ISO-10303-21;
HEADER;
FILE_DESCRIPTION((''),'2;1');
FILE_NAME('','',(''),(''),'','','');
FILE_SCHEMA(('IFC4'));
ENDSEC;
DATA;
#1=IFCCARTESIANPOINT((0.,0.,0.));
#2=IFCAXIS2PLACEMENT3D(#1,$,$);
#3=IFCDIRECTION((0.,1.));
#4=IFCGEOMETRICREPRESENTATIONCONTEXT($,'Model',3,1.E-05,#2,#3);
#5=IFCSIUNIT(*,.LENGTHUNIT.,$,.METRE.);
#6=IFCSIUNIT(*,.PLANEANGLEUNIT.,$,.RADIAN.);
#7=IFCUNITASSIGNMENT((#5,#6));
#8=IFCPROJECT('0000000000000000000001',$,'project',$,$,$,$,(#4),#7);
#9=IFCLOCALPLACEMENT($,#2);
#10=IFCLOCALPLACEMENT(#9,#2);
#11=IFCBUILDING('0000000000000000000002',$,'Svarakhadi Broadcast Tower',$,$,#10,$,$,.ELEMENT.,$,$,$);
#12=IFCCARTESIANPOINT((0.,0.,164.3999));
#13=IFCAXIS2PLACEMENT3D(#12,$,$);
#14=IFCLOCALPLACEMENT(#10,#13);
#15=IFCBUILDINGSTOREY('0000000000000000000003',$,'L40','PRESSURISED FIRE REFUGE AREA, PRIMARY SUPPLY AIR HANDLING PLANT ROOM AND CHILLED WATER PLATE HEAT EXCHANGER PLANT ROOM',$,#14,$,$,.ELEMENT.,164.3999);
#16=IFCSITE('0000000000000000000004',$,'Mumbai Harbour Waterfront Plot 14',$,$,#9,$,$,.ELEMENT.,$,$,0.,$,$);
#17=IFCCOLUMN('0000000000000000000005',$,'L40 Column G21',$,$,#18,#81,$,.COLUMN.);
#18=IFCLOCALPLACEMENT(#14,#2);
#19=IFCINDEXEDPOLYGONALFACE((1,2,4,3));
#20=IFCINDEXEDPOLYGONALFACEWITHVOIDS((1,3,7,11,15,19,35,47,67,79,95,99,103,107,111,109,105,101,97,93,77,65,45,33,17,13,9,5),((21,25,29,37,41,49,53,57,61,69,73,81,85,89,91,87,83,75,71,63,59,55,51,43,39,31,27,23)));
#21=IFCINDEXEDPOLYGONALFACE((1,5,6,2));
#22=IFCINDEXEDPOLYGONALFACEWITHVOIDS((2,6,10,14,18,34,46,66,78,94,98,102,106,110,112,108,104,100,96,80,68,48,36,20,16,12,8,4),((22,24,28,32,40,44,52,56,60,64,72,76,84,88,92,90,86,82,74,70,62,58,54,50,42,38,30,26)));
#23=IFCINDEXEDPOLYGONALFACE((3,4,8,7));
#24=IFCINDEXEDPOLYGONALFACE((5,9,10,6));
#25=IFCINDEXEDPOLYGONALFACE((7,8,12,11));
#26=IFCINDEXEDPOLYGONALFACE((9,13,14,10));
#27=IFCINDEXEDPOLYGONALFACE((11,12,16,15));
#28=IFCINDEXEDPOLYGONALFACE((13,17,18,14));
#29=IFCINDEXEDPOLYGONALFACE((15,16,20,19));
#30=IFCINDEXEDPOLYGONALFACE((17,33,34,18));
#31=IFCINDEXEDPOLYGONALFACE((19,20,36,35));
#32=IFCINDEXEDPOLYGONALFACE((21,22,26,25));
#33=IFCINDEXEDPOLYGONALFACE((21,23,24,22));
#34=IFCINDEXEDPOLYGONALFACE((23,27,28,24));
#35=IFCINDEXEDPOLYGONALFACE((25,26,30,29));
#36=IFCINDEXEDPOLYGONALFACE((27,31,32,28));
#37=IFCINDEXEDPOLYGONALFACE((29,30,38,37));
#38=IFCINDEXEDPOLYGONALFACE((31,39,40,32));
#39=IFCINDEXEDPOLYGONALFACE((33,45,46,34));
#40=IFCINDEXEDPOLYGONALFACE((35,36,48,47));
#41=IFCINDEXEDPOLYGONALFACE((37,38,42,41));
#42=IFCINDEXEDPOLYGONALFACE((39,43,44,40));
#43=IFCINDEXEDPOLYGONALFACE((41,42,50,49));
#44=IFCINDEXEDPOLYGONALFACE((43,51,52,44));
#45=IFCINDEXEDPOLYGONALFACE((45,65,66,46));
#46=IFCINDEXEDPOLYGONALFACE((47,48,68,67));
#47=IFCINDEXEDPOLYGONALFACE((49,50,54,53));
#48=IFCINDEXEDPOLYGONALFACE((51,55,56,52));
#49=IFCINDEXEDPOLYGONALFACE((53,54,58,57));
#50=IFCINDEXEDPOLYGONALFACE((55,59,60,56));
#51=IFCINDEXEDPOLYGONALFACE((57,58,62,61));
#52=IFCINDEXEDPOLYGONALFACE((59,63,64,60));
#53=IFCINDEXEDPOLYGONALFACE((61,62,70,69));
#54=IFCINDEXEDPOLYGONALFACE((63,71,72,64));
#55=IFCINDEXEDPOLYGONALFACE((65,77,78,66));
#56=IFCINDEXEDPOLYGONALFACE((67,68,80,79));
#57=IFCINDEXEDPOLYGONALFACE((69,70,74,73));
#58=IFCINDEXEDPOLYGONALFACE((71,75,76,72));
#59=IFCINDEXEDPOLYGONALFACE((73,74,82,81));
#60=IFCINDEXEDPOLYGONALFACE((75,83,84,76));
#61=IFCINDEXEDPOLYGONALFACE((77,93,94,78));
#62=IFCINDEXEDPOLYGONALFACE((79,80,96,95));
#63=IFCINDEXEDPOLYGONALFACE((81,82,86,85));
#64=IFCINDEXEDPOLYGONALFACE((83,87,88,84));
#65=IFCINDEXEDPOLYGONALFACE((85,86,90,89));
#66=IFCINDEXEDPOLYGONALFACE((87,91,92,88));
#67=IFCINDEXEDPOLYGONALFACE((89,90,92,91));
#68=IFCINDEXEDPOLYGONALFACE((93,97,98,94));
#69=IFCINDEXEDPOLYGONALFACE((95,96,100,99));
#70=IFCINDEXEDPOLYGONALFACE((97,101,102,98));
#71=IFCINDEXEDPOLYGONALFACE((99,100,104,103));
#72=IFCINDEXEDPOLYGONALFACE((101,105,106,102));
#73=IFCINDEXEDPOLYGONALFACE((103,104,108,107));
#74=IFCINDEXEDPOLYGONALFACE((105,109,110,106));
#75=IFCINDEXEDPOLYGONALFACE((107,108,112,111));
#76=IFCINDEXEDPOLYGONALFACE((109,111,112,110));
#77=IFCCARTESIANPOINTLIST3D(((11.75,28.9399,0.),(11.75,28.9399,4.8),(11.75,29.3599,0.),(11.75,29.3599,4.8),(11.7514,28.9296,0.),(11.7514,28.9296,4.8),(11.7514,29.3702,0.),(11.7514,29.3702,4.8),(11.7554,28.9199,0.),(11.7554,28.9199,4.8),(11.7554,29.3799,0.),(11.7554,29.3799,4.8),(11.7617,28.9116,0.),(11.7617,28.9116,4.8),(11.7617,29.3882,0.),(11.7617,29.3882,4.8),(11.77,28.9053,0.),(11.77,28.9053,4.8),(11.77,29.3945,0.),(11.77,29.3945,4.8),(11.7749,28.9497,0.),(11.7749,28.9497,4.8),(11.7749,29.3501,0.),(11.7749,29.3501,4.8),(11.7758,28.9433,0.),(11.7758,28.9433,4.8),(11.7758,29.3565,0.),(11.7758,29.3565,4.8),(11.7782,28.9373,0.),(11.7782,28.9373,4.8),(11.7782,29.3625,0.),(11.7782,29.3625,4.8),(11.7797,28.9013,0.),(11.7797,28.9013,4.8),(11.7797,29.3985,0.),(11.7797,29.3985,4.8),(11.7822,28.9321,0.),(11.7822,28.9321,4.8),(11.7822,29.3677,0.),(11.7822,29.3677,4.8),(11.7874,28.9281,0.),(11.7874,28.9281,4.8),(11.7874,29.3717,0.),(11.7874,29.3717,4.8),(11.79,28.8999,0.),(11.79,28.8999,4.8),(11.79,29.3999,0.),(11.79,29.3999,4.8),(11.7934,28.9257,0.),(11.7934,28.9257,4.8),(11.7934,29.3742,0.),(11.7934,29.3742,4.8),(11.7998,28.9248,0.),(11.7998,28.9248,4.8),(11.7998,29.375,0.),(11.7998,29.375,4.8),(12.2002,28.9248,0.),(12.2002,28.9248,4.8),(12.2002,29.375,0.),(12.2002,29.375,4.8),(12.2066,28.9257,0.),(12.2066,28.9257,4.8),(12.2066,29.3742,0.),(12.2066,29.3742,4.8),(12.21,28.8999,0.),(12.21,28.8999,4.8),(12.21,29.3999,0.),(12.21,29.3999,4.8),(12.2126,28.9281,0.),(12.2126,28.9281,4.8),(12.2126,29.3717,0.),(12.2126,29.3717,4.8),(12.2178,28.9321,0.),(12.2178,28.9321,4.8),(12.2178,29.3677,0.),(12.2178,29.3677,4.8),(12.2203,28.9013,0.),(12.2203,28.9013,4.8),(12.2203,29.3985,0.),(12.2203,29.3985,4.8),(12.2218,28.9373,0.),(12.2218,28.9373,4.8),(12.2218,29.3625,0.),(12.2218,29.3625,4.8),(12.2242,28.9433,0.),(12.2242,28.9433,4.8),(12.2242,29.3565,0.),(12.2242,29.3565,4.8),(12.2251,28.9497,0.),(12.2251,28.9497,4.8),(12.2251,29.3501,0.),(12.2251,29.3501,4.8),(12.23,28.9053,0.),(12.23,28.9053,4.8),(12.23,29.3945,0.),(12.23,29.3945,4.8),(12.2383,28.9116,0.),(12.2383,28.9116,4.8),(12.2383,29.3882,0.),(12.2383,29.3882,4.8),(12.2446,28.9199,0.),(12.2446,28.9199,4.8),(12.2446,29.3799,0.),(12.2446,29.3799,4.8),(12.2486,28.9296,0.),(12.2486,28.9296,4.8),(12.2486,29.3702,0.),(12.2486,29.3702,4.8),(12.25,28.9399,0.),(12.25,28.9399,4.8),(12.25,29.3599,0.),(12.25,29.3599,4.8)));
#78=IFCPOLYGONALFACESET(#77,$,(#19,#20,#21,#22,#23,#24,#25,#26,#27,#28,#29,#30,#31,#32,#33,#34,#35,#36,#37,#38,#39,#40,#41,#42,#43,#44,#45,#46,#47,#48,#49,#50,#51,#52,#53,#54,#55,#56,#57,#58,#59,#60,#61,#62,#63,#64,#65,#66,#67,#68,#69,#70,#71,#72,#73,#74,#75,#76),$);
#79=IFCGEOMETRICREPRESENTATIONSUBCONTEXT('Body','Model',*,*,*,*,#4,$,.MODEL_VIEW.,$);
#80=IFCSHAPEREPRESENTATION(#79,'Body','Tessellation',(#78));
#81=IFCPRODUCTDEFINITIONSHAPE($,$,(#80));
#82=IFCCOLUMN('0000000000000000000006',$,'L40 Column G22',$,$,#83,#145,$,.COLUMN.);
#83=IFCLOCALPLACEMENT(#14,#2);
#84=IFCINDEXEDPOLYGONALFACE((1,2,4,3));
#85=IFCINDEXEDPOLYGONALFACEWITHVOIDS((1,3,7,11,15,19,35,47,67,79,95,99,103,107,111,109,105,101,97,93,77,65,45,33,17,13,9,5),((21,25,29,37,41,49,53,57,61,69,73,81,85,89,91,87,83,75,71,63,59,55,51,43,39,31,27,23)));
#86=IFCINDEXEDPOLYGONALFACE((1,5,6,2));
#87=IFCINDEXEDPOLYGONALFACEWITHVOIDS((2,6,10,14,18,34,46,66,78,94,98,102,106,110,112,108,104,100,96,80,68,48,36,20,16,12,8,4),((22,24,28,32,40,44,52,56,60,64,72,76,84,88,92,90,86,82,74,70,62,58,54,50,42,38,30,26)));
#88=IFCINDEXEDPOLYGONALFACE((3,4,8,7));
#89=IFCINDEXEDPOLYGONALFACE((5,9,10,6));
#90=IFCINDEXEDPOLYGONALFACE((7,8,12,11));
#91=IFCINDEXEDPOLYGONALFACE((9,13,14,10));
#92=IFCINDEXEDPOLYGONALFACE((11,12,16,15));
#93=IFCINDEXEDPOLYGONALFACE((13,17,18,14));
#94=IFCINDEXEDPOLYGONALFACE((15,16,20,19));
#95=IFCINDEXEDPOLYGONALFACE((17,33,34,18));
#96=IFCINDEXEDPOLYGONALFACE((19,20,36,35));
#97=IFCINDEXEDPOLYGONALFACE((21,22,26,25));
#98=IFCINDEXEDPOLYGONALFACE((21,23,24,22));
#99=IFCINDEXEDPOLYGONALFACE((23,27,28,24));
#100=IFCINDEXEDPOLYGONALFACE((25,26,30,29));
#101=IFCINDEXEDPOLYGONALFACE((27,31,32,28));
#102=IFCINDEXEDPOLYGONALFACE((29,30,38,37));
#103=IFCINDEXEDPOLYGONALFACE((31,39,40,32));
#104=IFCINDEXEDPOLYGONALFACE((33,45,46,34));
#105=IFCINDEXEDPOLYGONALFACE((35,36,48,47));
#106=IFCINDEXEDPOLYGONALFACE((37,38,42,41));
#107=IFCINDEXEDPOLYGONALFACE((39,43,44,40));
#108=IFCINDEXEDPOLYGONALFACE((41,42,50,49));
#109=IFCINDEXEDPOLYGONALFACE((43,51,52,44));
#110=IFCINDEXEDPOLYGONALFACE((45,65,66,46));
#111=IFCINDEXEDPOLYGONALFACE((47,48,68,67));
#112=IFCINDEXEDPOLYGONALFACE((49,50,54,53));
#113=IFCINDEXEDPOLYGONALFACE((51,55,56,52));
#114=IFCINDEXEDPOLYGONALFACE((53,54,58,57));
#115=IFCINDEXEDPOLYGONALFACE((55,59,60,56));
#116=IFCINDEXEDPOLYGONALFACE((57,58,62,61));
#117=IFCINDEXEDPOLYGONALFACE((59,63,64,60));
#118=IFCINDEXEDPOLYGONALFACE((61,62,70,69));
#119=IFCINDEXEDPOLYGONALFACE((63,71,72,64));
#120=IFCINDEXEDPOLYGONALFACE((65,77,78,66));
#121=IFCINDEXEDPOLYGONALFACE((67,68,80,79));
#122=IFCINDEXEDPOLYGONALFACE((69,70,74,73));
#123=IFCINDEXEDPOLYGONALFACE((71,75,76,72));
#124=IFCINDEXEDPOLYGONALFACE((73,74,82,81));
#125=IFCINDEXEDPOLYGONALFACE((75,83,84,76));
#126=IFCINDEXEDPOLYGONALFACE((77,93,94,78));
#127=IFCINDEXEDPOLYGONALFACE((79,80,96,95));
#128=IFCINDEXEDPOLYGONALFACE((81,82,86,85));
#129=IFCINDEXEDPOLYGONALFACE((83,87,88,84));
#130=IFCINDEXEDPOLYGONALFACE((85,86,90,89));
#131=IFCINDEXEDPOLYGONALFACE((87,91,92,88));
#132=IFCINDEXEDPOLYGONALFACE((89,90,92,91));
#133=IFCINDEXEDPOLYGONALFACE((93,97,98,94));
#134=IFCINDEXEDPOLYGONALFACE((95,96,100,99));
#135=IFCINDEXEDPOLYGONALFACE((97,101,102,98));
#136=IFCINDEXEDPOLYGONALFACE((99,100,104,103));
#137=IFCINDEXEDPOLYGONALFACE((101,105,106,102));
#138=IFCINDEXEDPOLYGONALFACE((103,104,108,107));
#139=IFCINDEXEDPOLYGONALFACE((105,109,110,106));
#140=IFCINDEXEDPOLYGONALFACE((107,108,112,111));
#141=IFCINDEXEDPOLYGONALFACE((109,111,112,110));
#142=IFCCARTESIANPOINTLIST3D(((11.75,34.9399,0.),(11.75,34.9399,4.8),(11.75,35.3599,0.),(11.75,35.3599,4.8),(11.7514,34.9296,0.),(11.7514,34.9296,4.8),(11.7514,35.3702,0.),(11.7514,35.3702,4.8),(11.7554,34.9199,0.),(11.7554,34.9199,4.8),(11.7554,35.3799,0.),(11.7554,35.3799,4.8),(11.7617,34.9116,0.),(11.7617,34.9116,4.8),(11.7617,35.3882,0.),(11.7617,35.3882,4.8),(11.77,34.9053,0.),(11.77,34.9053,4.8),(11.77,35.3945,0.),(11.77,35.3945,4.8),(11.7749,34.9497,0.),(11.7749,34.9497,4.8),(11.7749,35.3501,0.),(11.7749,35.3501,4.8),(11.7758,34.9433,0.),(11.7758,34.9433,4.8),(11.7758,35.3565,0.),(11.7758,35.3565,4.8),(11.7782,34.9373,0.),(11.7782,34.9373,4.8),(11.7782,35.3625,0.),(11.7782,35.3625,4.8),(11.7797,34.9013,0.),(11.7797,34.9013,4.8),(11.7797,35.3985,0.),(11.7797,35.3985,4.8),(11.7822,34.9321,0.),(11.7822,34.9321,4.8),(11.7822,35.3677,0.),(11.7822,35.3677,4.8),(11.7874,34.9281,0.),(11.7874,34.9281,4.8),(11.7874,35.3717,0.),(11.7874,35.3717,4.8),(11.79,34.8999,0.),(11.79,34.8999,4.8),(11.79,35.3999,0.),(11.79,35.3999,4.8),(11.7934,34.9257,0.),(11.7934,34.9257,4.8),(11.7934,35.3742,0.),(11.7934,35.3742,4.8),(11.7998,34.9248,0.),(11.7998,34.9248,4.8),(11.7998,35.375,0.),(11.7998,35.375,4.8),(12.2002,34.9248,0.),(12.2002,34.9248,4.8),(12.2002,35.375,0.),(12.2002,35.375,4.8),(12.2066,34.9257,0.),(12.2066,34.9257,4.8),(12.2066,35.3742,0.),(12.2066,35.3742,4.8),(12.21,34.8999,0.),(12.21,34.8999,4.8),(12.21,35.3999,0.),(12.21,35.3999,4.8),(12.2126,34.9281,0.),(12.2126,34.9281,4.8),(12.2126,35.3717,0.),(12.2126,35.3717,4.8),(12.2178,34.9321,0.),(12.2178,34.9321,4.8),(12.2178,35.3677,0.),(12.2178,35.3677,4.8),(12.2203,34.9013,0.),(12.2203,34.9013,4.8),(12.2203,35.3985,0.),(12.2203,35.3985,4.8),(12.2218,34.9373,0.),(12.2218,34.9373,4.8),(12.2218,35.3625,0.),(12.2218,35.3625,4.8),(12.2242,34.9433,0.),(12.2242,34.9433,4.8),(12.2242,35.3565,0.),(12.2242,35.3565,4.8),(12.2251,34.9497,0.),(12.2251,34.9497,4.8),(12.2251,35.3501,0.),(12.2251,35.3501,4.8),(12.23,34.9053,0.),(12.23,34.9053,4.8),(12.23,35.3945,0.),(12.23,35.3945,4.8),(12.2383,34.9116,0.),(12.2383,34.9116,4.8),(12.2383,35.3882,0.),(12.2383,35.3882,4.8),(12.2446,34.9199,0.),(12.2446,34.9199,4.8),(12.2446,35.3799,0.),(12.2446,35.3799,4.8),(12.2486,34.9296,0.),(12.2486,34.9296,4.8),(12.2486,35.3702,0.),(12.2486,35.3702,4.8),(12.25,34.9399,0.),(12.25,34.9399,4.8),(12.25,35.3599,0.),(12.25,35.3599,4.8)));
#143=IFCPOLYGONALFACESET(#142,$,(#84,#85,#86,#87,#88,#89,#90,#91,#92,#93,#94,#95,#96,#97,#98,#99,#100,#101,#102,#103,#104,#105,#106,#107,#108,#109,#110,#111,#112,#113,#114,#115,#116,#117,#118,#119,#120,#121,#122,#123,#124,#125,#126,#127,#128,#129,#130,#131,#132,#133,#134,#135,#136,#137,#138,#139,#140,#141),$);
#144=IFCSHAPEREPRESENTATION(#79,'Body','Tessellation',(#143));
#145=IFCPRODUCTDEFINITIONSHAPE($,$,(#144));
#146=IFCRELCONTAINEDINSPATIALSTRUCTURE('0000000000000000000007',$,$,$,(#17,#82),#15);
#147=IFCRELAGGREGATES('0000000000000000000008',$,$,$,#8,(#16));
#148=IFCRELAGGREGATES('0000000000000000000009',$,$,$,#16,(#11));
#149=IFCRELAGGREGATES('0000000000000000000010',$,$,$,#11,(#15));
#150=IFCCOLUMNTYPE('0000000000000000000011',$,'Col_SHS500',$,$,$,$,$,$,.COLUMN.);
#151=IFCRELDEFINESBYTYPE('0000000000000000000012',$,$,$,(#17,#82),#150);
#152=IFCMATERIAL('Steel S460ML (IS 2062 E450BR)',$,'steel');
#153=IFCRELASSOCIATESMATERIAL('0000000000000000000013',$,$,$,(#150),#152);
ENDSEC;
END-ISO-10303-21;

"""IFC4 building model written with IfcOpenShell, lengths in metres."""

from ifc_helpers import new_model, si_unit, direction, frame, origin, origin_2d, place, context, subcontext, project, spatial, hollow_rectangle, extrude, material, material_profile, profile_set, type_object, element, save


model = new_model("IFC4")

# Units and contexts
model_context = context("Model", 3, precision=1e-05, world=origin(), true_north=direction((0.0, 1.0)))
body_context = subcontext(model_context, "Body", "Model", "MODEL_VIEW")
ifc_project = project(units=[si_unit("LENGTHUNIT", "METRE"), si_unit("PLANEANGLEUNIT", "RADIAN")], contexts=[model_context])

# Site, building, storey
site_placement = place(None, origin())
site = spatial("IfcSite", under=ifc_project, at=site_placement, Name="Mumbai Harbour Waterfront Plot 14", CompositionType="ELEMENT", RefElevation=0.0)
building_placement = place(site_placement, origin())
building = spatial("IfcBuilding", under=site, at=building_placement, Name="Svarakhadi Broadcast Tower", CompositionType="ELEMENT")
storey_placement = place(building_placement, frame((0.0, 0.0, 164.3999)))
storey = spatial("IfcBuildingStorey", under=building, at=storey_placement, Name="L40", Description="PRESSURISED FIRE REFUGE AREA, PRIMARY SUPPLY AIR HANDLING PLANT ROOM AND CHILLED WATER PLATE HEAT EXCHANGER PLANT ROOM", CompositionType="ELEMENT", Elevation=164.3999)

# Columns
ifc_material_1 = material(Name="Steel S460ML (IS 2062 E450BR)", Category="steel")
ifc_material_profile_1 = material_profile(ifc_material_1, hollow_rectangle(XDim=0.5, YDim=0.5, WallThickness=0.0249, InnerFilletRadius=0.0249, OuterFilletRadius=0.04, at=origin_2d()), Name="SHS 500x500x25")
ifc_profile_set_1 = profile_set([ifc_material_profile_1], Name="Steel S460ML (IS 2062 E450BR)")
column_type = type_object("IfcColumnType", Name="Col_SHS500", PredefinedType="COLUMN", material=ifc_profile_set_1)
for number, where, z_axis, x_axis, name in (
    (1, (12.0, 29.1499, 0.0), (0.0, 0.0, 1.0), (1.0, 0.0, 0.0), "L40 Column G21"),
    (2, (12.0, 35.1499, 0.0), (0.0, 0.0, 1.0), (1.0, 0.0, 0.0), "L40 Column G22"),
):
    element("IfcColumn", number, at=place(storey_placement, frame(where, z_axis=z_axis, x_axis=x_axis)), inside=storey, type_object=column_type, Name=name, PredefinedType="COLUMN", context=body_context, shape_type="SweptSolid", body=[
        extrude(hollow_rectangle(XDim=0.5, YDim=0.5, WallThickness=0.0249, InnerFilletRadius=0.0249, OuterFilletRadius=0.04, at=origin_2d()), origin(), (0.0, 0.0, 1.0), 4.8),
    ])

save(model, "model.ifc")
